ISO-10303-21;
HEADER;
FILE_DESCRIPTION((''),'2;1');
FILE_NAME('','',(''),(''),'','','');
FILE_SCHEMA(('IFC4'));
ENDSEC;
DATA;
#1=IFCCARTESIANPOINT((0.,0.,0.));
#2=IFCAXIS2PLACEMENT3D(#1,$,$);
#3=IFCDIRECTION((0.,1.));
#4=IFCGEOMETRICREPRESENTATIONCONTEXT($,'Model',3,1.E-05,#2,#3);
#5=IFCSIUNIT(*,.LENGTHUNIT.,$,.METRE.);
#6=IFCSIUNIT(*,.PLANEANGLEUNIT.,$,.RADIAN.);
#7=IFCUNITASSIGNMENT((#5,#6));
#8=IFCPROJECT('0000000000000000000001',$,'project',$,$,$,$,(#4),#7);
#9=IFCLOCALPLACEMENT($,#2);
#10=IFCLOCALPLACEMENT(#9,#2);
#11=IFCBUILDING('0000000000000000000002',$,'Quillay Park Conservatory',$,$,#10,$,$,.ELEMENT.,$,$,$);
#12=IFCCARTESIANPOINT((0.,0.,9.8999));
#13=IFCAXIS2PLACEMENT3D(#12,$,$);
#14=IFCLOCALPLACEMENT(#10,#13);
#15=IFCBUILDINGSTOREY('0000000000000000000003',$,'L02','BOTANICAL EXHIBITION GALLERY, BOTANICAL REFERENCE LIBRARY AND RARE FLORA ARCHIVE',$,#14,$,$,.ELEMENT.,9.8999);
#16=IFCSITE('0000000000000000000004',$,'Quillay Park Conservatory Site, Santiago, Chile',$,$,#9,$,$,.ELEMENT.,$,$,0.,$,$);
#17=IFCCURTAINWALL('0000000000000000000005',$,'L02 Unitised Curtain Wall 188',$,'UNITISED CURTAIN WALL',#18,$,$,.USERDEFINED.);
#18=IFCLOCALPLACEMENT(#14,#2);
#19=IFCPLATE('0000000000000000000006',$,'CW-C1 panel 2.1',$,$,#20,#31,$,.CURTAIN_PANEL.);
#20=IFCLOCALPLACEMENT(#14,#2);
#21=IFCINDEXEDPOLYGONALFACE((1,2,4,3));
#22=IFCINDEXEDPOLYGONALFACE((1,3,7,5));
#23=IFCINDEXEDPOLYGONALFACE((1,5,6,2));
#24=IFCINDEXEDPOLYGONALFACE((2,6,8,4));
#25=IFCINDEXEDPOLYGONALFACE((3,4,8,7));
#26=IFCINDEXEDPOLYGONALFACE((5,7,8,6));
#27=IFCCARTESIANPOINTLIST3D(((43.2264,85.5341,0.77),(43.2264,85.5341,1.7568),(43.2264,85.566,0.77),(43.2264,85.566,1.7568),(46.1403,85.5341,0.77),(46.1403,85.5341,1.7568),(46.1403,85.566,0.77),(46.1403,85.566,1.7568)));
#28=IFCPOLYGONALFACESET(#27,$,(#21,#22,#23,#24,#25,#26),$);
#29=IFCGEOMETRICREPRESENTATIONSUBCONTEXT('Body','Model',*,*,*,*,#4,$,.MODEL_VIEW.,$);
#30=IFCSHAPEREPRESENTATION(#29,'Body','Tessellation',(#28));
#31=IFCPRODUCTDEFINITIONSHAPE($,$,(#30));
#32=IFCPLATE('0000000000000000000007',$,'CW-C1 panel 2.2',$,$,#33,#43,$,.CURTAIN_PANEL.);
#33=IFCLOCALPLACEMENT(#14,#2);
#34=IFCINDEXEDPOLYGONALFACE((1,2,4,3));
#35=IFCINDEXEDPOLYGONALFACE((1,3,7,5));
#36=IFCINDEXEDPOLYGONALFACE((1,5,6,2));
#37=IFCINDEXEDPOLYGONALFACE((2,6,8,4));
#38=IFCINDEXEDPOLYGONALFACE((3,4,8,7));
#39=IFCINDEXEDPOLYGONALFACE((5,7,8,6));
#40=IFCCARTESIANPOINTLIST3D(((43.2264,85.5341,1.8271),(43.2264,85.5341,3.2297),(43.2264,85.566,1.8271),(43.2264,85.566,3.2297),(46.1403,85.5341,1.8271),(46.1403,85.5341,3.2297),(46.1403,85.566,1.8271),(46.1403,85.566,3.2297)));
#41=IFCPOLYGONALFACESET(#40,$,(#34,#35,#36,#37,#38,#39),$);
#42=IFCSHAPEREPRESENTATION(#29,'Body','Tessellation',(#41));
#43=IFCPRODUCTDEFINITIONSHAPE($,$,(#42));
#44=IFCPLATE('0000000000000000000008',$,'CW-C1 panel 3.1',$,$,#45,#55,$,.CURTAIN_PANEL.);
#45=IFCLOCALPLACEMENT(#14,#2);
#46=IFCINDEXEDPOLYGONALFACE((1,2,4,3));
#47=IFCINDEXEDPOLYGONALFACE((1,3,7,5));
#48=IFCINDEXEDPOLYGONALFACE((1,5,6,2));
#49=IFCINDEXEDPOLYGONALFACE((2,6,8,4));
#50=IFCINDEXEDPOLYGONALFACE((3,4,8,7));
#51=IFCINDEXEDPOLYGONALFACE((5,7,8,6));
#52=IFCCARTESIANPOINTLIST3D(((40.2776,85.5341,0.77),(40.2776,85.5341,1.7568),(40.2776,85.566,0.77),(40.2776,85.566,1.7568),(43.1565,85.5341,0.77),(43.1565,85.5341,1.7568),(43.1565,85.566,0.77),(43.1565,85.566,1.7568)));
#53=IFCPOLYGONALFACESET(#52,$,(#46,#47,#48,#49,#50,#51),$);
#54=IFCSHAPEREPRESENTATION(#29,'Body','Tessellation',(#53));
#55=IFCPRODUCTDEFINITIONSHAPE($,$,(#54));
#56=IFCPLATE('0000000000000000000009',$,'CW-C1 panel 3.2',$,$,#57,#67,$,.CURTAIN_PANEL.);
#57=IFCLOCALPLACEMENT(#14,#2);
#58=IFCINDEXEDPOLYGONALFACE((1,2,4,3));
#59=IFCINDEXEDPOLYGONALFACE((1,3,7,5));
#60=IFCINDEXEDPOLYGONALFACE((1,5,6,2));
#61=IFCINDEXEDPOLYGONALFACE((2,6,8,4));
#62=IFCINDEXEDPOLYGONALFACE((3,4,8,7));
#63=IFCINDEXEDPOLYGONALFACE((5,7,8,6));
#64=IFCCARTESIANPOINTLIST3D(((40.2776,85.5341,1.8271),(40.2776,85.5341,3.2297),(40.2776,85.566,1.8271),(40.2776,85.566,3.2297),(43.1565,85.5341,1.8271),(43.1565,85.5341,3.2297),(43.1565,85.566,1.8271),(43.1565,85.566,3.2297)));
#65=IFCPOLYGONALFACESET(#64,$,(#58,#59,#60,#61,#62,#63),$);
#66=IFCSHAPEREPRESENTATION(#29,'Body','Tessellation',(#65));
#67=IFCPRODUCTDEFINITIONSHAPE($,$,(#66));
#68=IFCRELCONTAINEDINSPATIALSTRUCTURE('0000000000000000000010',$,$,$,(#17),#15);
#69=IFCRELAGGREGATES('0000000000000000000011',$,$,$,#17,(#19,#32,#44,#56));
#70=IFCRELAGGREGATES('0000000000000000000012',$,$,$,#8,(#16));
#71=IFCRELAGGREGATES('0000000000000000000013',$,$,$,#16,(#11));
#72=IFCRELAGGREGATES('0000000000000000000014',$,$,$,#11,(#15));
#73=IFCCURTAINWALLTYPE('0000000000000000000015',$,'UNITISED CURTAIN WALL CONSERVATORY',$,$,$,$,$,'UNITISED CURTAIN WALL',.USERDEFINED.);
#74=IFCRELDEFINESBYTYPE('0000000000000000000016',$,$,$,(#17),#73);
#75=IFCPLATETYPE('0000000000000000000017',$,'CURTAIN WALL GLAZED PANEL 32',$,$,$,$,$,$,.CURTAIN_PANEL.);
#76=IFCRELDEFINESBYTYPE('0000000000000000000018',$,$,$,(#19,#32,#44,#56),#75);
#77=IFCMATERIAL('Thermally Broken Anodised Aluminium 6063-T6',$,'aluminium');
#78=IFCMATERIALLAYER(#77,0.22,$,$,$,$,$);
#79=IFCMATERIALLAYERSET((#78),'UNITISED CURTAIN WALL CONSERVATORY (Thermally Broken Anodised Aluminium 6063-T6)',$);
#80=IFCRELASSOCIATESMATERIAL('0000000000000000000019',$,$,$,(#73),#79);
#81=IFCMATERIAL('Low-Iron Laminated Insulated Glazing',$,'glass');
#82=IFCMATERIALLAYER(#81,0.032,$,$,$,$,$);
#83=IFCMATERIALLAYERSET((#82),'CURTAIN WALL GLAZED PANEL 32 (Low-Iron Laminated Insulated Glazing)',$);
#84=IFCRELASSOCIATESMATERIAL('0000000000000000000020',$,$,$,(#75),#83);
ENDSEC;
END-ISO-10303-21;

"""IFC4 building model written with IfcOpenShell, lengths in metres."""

from ifc_helpers import new_model, si_unit, direction, frame, origin, origin_2d, place, context, subcontext, project, spatial, rectangle, extrude, material, layer, layer_set, type_object, element, aggregate, save


model = new_model("IFC4")

# Units and contexts
model_context = context("Model", 3, precision=1e-05, world=origin(), true_north=direction((0.0, 1.0)))
body_context = subcontext(model_context, "Body", "Model", "MODEL_VIEW")
ifc_project = project(units=[si_unit("LENGTHUNIT", "METRE"), si_unit("PLANEANGLEUNIT", "RADIAN")], contexts=[model_context])

# Site, building, storey
site_placement = place(None, origin())
site = spatial("IfcSite", under=ifc_project, at=site_placement, Name="Quillay Park Conservatory Site, Santiago, Chile", CompositionType="ELEMENT", RefElevation=0.0)
building_placement = place(site_placement, origin())
building = spatial("IfcBuilding", under=site, at=building_placement, Name="Quillay Park Conservatory", CompositionType="ELEMENT")
storey_placement = place(building_placement, frame((0.0, 0.0, 9.8999)))
storey = spatial("IfcBuildingStorey", under=building, at=storey_placement, Name="L02", Description="BOTANICAL EXHIBITION GALLERY, BOTANICAL REFERENCE LIBRARY AND RARE FLORA ARCHIVE", CompositionType="ELEMENT", Elevation=9.8999)

# Curtain wall
ifc_material_1 = material(Name="Thermally Broken Anodised Aluminium 6063-T6", Category="aluminium")
ifc_layer_1 = layer(ifc_material_1, 0.22)
ifc_layer_set_1 = layer_set([ifc_layer_1], Name="UNITISED CURTAIN WALL CONSERVATORY (Thermally Broken Anodised Aluminium 6063-T6)")
curtain_wall_type = type_object("IfcCurtainWallType", Name="UNITISED CURTAIN WALL CONSERVATORY", ElementType="UNITISED CURTAIN WALL", PredefinedType="USERDEFINED", material=ifc_layer_set_1)
curtain_wall_1_placement = place(storey_placement, origin())
curtain_wall_1 = element("IfcCurtainWall", 1, at=curtain_wall_1_placement, inside=storey, type_object=curtain_wall_type, Name="L02 Unitised Curtain Wall 188", ObjectType="UNITISED CURTAIN WALL", PredefinedType="USERDEFINED")

# Plates
ifc_material_2 = material(Name="Low-Iron Laminated Insulated Glazing", Category="glass")
ifc_layer_2 = layer(ifc_material_2, 0.032)
ifc_layer_set_2 = layer_set([ifc_layer_2], Name="CURTAIN WALL GLAZED PANEL 32 (Low-Iron Laminated Insulated Glazing)")
plate_type_1 = type_object("IfcPlateType", Name="CURTAIN WALL GLAZED PANEL 32", PredefinedType="CURTAIN_PANEL", material=ifc_layer_set_2)
plate_1_placement = place(storey_placement, frame((44.6833, 85.55, 0.77), z_axis=(0.0, 0.0, 1.0), x_axis=(-1.0, 0.0, 0.0)))
plate_1 = element("IfcPlate", 2, at=plate_1_placement, type_object=plate_type_1, Name="CW-C1 panel 2.1", PredefinedType="CURTAIN_PANEL", context=body_context, shape_type="SweptSolid", body=[
    extrude(rectangle(XDim=2.9138, YDim=0.032, at=origin_2d()), origin(), (0.0, 0.0, 1.0), 0.9868),
])
plate_2_placement = place(storey_placement, frame((44.6833, 85.55, 1.8271), z_axis=(0.0, 0.0, 1.0), x_axis=(-1.0, 0.0, 0.0)))
plate_2 = element("IfcPlate", 3, at=plate_2_placement, type_object=plate_type_1, Name="CW-C1 panel 2.2", PredefinedType="CURTAIN_PANEL", context=body_context, shape_type="SweptSolid", body=[
    extrude(rectangle(XDim=2.9138, YDim=0.032, at=origin_2d()), origin(), (0.0, 0.0, 1.0), 1.4026),
])
plate_3_placement = place(storey_placement, frame((41.717, 85.55, 0.77), z_axis=(0.0, 0.0, 1.0), x_axis=(-1.0, 0.0, 0.0)))
plate_3 = element("IfcPlate", 4, at=plate_3_placement, type_object=plate_type_1, Name="CW-C1 panel 3.1", PredefinedType="CURTAIN_PANEL", context=body_context, shape_type="SweptSolid", body=[
    extrude(rectangle(XDim=2.8789, YDim=0.032, at=origin_2d()), origin(), (0.0, 0.0, 1.0), 0.9868),
])
plate_4_placement = place(storey_placement, frame((41.717, 85.55, 1.8271), z_axis=(0.0, 0.0, 1.0), x_axis=(-1.0, 0.0, 0.0)))
plate_4 = element("IfcPlate", 5, at=plate_4_placement, type_object=plate_type_1, Name="CW-C1 panel 3.2", PredefinedType="CURTAIN_PANEL", context=body_context, shape_type="SweptSolid", body=[
    extrude(rectangle(XDim=2.8789, YDim=0.032, at=origin_2d()), origin(), (0.0, 0.0, 1.0), 1.4026),
])
aggregate(curtain_wall_1, [plate_1, plate_2, plate_3, plate_4])

save(model, "model.ifc")
